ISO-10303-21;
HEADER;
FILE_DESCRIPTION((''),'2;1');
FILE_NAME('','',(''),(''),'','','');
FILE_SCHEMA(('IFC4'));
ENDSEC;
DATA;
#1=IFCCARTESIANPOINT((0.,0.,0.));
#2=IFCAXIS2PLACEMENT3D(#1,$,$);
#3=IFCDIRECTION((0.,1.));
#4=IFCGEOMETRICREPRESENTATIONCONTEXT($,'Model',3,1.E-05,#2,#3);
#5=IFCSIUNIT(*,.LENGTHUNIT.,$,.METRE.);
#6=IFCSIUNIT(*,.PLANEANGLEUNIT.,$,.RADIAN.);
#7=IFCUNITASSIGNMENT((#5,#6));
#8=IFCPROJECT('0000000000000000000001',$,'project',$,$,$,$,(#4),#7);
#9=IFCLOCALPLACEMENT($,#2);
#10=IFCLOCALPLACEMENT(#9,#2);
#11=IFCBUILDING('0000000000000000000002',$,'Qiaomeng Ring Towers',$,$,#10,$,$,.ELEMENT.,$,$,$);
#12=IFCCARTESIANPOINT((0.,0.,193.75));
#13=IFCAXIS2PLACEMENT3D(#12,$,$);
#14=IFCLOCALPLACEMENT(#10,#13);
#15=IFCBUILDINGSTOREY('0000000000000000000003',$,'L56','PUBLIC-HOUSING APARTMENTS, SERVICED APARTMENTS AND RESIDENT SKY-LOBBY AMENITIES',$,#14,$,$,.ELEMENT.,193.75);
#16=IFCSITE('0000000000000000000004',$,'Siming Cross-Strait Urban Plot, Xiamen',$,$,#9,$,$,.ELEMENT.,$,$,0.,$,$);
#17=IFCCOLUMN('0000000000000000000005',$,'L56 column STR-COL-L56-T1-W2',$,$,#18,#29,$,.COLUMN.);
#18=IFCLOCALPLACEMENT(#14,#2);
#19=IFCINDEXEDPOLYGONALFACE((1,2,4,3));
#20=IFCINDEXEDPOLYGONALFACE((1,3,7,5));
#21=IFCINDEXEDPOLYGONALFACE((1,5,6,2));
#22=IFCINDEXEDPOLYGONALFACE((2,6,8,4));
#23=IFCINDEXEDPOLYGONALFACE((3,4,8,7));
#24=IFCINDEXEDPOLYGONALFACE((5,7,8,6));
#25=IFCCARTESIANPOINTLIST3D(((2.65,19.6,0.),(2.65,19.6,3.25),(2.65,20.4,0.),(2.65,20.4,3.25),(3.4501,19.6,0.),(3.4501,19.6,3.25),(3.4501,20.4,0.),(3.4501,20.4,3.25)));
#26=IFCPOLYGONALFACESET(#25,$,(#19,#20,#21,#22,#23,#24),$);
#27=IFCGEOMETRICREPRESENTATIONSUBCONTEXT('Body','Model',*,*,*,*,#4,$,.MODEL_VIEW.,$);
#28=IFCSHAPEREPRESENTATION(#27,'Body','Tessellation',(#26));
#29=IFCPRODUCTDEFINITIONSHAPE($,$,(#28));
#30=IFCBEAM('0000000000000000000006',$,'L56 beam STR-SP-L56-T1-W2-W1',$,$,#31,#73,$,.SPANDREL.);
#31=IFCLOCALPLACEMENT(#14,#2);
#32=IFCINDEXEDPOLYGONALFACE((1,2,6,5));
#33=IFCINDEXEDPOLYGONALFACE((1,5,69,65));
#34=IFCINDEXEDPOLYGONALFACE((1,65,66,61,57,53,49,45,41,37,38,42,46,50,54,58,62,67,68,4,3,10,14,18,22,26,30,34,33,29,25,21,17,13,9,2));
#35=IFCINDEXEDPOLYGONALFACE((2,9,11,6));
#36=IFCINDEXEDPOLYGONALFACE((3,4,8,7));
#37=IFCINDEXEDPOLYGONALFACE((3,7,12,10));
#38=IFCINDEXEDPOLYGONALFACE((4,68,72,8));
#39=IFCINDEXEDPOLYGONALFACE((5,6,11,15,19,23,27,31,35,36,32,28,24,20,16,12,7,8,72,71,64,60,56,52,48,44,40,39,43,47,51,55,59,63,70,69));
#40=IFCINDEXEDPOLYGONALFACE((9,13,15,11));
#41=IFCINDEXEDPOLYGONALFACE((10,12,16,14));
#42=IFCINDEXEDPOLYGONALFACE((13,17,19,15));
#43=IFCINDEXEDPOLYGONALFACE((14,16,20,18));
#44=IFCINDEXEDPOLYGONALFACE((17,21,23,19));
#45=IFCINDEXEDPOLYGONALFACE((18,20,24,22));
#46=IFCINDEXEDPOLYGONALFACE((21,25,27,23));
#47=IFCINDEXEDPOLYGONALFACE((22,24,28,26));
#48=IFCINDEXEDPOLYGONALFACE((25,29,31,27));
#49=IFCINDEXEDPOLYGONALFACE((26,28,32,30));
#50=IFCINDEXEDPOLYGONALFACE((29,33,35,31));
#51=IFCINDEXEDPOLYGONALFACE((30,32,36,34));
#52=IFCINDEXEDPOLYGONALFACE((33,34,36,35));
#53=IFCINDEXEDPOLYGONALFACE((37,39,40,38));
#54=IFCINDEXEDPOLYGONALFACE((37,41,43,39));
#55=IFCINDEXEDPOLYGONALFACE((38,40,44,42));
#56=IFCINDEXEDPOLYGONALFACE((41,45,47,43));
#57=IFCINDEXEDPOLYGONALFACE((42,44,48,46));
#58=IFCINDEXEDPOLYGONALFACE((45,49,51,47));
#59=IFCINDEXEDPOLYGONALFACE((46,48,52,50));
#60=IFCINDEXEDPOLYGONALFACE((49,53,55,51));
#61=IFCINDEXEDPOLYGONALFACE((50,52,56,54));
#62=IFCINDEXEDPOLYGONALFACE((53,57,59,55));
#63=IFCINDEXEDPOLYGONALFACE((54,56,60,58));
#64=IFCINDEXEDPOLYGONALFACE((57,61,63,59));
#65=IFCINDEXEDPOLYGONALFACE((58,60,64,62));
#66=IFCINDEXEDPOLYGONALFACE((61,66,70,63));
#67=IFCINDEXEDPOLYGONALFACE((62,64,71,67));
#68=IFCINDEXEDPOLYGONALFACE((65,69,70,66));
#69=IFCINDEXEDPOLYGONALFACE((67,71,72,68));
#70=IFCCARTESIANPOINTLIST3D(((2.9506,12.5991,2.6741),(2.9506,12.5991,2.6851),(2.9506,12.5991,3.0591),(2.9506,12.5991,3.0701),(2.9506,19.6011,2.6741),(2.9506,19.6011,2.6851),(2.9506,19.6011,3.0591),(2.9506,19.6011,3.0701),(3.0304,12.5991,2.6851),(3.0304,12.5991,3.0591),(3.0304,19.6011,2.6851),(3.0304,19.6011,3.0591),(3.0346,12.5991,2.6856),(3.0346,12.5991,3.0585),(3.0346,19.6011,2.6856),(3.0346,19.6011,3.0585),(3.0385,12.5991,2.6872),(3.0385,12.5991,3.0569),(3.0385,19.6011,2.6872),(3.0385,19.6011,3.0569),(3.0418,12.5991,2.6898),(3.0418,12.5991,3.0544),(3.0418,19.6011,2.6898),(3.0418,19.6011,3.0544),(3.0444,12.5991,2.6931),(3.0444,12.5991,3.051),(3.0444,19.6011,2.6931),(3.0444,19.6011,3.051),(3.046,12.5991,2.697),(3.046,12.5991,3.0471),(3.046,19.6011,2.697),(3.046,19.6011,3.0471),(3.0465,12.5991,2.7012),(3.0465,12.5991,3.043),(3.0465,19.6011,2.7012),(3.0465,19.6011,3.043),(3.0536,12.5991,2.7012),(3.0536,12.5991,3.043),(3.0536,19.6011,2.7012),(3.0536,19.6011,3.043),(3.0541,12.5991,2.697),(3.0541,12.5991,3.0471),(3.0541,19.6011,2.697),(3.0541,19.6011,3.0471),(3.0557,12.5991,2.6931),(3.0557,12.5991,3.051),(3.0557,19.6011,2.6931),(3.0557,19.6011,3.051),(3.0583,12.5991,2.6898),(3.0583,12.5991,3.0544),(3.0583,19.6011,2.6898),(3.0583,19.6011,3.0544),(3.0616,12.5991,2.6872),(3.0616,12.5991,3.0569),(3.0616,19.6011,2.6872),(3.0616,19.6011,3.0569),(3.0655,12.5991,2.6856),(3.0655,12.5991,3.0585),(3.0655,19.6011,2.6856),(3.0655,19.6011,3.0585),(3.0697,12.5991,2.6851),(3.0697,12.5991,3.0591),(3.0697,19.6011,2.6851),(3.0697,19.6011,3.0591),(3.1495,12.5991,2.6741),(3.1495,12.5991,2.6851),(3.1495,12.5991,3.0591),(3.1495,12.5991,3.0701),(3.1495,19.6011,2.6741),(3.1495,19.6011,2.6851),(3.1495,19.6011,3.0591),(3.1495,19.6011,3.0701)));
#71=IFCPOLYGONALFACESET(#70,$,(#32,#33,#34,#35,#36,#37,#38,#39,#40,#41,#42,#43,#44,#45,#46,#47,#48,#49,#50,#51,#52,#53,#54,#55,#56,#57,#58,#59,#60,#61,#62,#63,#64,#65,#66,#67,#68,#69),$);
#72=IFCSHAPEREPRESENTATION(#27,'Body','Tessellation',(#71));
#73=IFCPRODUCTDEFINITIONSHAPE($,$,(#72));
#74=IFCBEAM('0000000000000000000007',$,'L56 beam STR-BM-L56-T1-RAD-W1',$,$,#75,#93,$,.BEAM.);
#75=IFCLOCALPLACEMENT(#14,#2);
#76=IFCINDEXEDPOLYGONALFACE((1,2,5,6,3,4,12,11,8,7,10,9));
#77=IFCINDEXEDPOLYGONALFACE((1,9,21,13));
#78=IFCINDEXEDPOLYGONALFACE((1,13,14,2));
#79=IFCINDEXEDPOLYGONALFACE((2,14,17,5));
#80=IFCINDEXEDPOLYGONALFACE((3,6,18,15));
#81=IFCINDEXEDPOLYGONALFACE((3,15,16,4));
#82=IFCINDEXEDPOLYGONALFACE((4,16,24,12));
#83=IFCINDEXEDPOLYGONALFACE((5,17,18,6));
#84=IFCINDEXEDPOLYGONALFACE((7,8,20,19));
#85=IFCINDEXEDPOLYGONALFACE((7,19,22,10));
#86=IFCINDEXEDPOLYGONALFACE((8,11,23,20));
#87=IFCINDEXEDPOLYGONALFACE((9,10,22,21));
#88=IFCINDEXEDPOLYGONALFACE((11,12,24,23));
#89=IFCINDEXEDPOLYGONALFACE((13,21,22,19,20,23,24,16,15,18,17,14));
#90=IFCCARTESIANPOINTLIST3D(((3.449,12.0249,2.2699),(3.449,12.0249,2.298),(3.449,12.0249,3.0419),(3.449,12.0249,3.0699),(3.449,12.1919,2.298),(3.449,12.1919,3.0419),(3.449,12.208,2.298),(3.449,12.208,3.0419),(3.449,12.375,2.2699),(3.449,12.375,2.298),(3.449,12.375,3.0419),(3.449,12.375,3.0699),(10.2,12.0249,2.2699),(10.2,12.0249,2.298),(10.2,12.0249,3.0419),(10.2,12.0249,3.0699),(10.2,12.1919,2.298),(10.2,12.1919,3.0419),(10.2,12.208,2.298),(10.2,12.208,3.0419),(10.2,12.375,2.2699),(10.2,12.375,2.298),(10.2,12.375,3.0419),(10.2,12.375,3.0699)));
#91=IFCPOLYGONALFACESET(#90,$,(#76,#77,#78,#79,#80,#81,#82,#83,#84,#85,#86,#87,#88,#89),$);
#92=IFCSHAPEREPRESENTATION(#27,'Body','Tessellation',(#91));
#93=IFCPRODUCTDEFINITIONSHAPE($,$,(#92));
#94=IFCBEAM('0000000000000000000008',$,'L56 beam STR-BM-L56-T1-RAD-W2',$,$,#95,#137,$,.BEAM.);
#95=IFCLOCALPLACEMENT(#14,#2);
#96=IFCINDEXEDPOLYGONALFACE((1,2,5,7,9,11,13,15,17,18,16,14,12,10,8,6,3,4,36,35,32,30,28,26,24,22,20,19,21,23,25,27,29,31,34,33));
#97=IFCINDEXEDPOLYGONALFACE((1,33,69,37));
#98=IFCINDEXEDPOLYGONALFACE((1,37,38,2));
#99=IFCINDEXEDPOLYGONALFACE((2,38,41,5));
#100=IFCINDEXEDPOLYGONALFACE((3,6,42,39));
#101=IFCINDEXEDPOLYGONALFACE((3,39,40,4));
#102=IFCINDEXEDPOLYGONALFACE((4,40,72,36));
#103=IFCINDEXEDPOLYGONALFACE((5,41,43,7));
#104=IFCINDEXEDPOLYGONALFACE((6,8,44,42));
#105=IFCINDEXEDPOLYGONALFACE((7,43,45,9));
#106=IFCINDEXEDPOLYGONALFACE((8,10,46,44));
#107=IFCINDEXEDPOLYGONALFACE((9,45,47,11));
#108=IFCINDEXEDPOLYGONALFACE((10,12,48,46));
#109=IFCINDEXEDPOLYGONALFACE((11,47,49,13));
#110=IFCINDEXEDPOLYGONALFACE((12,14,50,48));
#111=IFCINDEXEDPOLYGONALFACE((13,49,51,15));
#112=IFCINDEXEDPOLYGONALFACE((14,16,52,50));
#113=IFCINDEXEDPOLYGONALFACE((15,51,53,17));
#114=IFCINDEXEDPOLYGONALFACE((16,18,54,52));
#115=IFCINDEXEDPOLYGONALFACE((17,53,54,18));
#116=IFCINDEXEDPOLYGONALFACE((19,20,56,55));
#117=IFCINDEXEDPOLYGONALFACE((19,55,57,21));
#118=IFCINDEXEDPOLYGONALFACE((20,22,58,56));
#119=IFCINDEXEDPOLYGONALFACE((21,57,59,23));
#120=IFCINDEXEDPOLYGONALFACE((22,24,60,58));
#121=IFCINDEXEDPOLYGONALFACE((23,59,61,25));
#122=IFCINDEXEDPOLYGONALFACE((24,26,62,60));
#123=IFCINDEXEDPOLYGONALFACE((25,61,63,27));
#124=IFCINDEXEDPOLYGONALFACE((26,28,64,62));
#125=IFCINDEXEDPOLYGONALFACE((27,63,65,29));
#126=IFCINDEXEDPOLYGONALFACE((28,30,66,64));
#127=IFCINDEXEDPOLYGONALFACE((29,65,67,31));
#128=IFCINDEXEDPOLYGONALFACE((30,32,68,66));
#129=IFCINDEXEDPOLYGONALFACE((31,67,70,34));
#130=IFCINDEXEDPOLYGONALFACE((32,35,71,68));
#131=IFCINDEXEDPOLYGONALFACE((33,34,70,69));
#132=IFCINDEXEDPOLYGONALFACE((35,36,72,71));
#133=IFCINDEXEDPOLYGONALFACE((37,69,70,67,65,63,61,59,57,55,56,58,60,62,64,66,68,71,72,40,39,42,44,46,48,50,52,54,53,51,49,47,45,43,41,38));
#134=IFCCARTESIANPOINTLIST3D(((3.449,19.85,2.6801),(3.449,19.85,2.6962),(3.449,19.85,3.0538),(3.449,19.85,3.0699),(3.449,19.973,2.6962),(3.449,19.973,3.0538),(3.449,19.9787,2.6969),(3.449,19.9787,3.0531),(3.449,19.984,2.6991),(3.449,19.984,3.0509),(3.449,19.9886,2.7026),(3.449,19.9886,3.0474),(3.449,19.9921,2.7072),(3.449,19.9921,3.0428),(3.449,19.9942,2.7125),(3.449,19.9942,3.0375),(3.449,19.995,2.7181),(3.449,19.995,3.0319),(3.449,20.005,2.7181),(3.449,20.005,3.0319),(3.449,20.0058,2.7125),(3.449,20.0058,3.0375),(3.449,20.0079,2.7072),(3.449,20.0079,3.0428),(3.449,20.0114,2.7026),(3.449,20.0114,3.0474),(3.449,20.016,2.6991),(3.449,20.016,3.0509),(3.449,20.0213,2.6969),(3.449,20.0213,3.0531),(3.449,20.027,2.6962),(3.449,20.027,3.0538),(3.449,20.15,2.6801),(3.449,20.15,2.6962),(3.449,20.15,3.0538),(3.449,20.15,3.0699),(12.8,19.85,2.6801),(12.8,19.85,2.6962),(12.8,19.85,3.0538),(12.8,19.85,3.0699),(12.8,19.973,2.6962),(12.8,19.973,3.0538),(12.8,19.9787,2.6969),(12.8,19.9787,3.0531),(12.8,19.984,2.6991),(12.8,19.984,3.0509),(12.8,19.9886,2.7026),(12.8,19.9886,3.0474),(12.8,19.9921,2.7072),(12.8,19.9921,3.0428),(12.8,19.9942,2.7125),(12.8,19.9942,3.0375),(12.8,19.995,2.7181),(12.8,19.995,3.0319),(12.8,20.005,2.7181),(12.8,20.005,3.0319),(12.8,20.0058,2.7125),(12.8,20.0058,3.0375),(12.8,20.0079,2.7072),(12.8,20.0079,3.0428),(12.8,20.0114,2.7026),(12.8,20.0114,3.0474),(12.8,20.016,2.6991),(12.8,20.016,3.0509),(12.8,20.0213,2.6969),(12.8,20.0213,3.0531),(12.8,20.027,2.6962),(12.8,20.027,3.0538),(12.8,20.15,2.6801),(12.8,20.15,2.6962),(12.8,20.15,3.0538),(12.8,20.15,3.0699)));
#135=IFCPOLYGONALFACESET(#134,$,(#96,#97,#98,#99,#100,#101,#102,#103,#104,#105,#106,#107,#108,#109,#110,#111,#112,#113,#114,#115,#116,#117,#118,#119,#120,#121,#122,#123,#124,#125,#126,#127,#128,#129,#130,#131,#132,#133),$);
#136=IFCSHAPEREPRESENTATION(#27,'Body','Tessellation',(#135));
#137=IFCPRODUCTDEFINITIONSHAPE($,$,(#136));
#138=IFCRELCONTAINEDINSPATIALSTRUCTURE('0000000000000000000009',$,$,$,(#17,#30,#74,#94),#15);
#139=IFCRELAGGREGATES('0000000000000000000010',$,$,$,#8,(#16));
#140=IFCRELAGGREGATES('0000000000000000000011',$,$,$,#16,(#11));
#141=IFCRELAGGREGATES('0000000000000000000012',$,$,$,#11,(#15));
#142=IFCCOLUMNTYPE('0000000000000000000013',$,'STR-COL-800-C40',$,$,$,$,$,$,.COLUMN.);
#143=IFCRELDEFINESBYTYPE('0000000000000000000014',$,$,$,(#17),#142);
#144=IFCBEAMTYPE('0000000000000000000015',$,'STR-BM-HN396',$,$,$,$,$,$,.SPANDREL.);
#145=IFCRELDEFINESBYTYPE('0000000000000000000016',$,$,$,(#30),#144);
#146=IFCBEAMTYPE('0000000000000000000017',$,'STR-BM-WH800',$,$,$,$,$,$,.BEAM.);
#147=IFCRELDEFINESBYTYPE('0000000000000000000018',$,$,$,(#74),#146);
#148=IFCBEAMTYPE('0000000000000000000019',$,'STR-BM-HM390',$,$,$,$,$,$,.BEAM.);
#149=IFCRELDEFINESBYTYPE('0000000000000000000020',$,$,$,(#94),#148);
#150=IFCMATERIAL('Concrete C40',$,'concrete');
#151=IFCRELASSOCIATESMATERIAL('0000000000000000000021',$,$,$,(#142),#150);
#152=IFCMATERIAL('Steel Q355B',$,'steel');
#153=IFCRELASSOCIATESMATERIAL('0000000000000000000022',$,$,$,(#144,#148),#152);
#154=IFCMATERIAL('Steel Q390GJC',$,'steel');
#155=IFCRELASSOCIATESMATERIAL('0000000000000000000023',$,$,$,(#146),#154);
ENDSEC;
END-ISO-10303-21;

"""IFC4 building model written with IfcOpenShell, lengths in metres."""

from ifc_helpers import new_model, si_unit, direction, frame, origin, origin_2d, place, context, subcontext, project, spatial, rectangle, i_section, extrude, source, transform, mapped, material, material_profile, profile_set, type_object, element, save


model = new_model("IFC4")

# Units and contexts
model_context = context("Model", 3, precision=1e-05, world=origin(), true_north=direction((0.0, 1.0)))
body_context = subcontext(model_context, "Body", "Model", "MODEL_VIEW")
ifc_project = project(units=[si_unit("LENGTHUNIT", "METRE"), si_unit("PLANEANGLEUNIT", "RADIAN")], contexts=[model_context])

# Site, building, storey
site_placement = place(None, origin())
site = spatial("IfcSite", under=ifc_project, at=site_placement, Name="Siming Cross-Strait Urban Plot, Xiamen", CompositionType="ELEMENT", RefElevation=0.0)
building_placement = place(site_placement, origin())
building = spatial("IfcBuilding", under=site, at=building_placement, Name="Qiaomeng Ring Towers", CompositionType="ELEMENT")
storey_placement = place(building_placement, frame((0.0, 0.0, 193.75)))
storey = spatial("IfcBuildingStorey", under=building, at=storey_placement, Name="L56", Description="PUBLIC-HOUSING APARTMENTS, SERVICED APARTMENTS AND RESIDENT SKY-LOBBY AMENITIES", CompositionType="ELEMENT", Elevation=193.75)

# Column
ifc_material_1 = material(Name="Concrete C40", Category="concrete")
ifc_material_profile_1 = material_profile(ifc_material_1, rectangle(XDim=0.8, YDim=0.8, at=origin_2d()), Name="RC COL 800x800")
ifc_profile_set_1 = profile_set([ifc_material_profile_1], Name="Concrete C40")
column_type = type_object("IfcColumnType", Name="STR-COL-800-C40", PredefinedType="COLUMN", material=ifc_profile_set_1)
shared_shape_1 = source(origin(), body_context, "Body", "SweptSolid", [
    extrude(rectangle(XDim=0.8, YDim=0.8, at=origin_2d()), origin(), (0.0, 0.0, 1.0), 3.25),
])
column_placement = place(storey_placement, frame((3.05, 20.0, 0.0), z_axis=(0.0, 0.0, 1.0), x_axis=(1.0, 0.0, 0.0)))
element("IfcColumn", 1, at=column_placement, inside=storey, type_object=column_type, Name="L56 column STR-COL-L56-T1-W2", PredefinedType="COLUMN", context=body_context, shape_type="MappedRepresentation", body=[
    mapped(shared_shape_1, transform((0.0, 0.0, 0.0), x_axis=(1.0, 0.0, 0.0), y_axis=(0.0, 1.0, 0.0), z_axis=(0.0, 0.0, 1.0), scale=1.0)),
])

# Beams
ifc_material_2 = material(Name="Steel Q355B", Category="steel")
ifc_material_profile_2 = material_profile(ifc_material_2, i_section(OverallWidth=0.199, OverallDepth=0.396, WebThickness=0.0071, FlangeThickness=0.011, FilletRadius=0.0161, at=origin_2d()), Name="HN 396x199x7x11")
ifc_profile_set_2 = profile_set([ifc_material_profile_2], Name="Steel Q355B")
beam_type_1 = type_object("IfcBeamType", Name="STR-BM-HN396", PredefinedType="SPANDREL", material=ifc_profile_set_2)
shared_shape_2 = source(origin(), body_context, "Body", "SweptSolid", [
    extrude(i_section(OverallWidth=0.199, OverallDepth=0.396, WebThickness=0.0071, FlangeThickness=0.011, FilletRadius=0.0161, at=origin_2d()), origin(), (0.0, 0.0, 1.0), 7.002),
])
beam_1_placement = place(storey_placement, frame((3.05, 19.6011, 2.8721), z_axis=(0.0, -1.0, 0.0), x_axis=(1.0, 0.0, 0.0)))
element("IfcBeam", 2, at=beam_1_placement, inside=storey, type_object=beam_type_1, Name="L56 beam STR-SP-L56-T1-W2-W1", PredefinedType="SPANDREL", context=body_context, shape_type="MappedRepresentation", body=[
    mapped(shared_shape_2, transform((0.0, 0.0, 0.0), x_axis=(1.0, 0.0, 0.0), y_axis=(0.0, 1.0, 0.0), z_axis=(0.0, 0.0, 1.0), scale=1.0)),
])
ifc_material_3 = material(Name="Steel Q390GJC", Category="steel")
ifc_material_profile_3 = material_profile(ifc_material_3, i_section(OverallWidth=0.3501, OverallDepth=0.8, WebThickness=0.0161, FlangeThickness=0.0281, at=origin_2d()), Name="WH 800x350x16x28")
ifc_profile_set_3 = profile_set([ifc_material_profile_3], Name="Steel Q390GJC")
beam_type_2 = type_object("IfcBeamType", Name="STR-BM-WH800", PredefinedType="BEAM", material=ifc_profile_set_3)
shared_shape_3 = source(origin(), body_context, "Body", "SweptSolid", [
    extrude(i_section(OverallWidth=0.3501, OverallDepth=0.8, WebThickness=0.0161, FlangeThickness=0.0281, at=origin_2d()), origin(), (0.0, 0.0, 1.0), 6.751),
])
beam_2_placement = place(storey_placement, frame((3.449, 12.2, 2.6699), z_axis=(1.0, 0.0, 0.0), x_axis=(0.0, 1.0, 0.0)))
element("IfcBeam", 3, at=beam_2_placement, inside=storey, type_object=beam_type_2, Name="L56 beam STR-BM-L56-T1-RAD-W1", PredefinedType="BEAM", context=body_context, shape_type="MappedRepresentation", body=[
    mapped(shared_shape_3, transform((0.0, 0.0, 0.0), x_axis=(1.0, 0.0, 0.0), y_axis=(0.0, 1.0, 0.0), z_axis=(0.0, 0.0, 1.0), scale=1.0)),
])
ifc_material_profile_4 = material_profile(ifc_material_2, i_section(OverallWidth=0.3, OverallDepth=0.3899, WebThickness=0.01, FlangeThickness=0.0161, FilletRadius=0.022, at=origin_2d()), Name="HM 390x300x10x16")
ifc_profile_set_4 = profile_set([ifc_material_profile_4], Name="Steel Q355B")
beam_type_3 = type_object("IfcBeamType", Name="STR-BM-HM390", PredefinedType="BEAM", material=ifc_profile_set_4)
shared_shape_4 = source(origin(), body_context, "Body", "SweptSolid", [
    extrude(i_section(OverallWidth=0.3, OverallDepth=0.3899, WebThickness=0.01, FlangeThickness=0.0161, FilletRadius=0.022, at=origin_2d()), origin(), (0.0, 0.0, 1.0), 9.3511),
])
beam_3_placement = place(storey_placement, frame((3.449, 20.0, 2.875), z_axis=(1.0, 0.0, 0.0), x_axis=(0.0, 1.0, 0.0)))
element("IfcBeam", 4, at=beam_3_placement, inside=storey, type_object=beam_type_3, Name="L56 beam STR-BM-L56-T1-RAD-W2", PredefinedType="BEAM", context=body_context, shape_type="MappedRepresentation", body=[
    mapped(shared_shape_4, transform((0.0, 0.0, 0.0), x_axis=(1.0, 0.0, 0.0), y_axis=(0.0, 1.0, 0.0), z_axis=(0.0, 0.0, 1.0), scale=1.0)),
])

save(model, "model.ifc")
